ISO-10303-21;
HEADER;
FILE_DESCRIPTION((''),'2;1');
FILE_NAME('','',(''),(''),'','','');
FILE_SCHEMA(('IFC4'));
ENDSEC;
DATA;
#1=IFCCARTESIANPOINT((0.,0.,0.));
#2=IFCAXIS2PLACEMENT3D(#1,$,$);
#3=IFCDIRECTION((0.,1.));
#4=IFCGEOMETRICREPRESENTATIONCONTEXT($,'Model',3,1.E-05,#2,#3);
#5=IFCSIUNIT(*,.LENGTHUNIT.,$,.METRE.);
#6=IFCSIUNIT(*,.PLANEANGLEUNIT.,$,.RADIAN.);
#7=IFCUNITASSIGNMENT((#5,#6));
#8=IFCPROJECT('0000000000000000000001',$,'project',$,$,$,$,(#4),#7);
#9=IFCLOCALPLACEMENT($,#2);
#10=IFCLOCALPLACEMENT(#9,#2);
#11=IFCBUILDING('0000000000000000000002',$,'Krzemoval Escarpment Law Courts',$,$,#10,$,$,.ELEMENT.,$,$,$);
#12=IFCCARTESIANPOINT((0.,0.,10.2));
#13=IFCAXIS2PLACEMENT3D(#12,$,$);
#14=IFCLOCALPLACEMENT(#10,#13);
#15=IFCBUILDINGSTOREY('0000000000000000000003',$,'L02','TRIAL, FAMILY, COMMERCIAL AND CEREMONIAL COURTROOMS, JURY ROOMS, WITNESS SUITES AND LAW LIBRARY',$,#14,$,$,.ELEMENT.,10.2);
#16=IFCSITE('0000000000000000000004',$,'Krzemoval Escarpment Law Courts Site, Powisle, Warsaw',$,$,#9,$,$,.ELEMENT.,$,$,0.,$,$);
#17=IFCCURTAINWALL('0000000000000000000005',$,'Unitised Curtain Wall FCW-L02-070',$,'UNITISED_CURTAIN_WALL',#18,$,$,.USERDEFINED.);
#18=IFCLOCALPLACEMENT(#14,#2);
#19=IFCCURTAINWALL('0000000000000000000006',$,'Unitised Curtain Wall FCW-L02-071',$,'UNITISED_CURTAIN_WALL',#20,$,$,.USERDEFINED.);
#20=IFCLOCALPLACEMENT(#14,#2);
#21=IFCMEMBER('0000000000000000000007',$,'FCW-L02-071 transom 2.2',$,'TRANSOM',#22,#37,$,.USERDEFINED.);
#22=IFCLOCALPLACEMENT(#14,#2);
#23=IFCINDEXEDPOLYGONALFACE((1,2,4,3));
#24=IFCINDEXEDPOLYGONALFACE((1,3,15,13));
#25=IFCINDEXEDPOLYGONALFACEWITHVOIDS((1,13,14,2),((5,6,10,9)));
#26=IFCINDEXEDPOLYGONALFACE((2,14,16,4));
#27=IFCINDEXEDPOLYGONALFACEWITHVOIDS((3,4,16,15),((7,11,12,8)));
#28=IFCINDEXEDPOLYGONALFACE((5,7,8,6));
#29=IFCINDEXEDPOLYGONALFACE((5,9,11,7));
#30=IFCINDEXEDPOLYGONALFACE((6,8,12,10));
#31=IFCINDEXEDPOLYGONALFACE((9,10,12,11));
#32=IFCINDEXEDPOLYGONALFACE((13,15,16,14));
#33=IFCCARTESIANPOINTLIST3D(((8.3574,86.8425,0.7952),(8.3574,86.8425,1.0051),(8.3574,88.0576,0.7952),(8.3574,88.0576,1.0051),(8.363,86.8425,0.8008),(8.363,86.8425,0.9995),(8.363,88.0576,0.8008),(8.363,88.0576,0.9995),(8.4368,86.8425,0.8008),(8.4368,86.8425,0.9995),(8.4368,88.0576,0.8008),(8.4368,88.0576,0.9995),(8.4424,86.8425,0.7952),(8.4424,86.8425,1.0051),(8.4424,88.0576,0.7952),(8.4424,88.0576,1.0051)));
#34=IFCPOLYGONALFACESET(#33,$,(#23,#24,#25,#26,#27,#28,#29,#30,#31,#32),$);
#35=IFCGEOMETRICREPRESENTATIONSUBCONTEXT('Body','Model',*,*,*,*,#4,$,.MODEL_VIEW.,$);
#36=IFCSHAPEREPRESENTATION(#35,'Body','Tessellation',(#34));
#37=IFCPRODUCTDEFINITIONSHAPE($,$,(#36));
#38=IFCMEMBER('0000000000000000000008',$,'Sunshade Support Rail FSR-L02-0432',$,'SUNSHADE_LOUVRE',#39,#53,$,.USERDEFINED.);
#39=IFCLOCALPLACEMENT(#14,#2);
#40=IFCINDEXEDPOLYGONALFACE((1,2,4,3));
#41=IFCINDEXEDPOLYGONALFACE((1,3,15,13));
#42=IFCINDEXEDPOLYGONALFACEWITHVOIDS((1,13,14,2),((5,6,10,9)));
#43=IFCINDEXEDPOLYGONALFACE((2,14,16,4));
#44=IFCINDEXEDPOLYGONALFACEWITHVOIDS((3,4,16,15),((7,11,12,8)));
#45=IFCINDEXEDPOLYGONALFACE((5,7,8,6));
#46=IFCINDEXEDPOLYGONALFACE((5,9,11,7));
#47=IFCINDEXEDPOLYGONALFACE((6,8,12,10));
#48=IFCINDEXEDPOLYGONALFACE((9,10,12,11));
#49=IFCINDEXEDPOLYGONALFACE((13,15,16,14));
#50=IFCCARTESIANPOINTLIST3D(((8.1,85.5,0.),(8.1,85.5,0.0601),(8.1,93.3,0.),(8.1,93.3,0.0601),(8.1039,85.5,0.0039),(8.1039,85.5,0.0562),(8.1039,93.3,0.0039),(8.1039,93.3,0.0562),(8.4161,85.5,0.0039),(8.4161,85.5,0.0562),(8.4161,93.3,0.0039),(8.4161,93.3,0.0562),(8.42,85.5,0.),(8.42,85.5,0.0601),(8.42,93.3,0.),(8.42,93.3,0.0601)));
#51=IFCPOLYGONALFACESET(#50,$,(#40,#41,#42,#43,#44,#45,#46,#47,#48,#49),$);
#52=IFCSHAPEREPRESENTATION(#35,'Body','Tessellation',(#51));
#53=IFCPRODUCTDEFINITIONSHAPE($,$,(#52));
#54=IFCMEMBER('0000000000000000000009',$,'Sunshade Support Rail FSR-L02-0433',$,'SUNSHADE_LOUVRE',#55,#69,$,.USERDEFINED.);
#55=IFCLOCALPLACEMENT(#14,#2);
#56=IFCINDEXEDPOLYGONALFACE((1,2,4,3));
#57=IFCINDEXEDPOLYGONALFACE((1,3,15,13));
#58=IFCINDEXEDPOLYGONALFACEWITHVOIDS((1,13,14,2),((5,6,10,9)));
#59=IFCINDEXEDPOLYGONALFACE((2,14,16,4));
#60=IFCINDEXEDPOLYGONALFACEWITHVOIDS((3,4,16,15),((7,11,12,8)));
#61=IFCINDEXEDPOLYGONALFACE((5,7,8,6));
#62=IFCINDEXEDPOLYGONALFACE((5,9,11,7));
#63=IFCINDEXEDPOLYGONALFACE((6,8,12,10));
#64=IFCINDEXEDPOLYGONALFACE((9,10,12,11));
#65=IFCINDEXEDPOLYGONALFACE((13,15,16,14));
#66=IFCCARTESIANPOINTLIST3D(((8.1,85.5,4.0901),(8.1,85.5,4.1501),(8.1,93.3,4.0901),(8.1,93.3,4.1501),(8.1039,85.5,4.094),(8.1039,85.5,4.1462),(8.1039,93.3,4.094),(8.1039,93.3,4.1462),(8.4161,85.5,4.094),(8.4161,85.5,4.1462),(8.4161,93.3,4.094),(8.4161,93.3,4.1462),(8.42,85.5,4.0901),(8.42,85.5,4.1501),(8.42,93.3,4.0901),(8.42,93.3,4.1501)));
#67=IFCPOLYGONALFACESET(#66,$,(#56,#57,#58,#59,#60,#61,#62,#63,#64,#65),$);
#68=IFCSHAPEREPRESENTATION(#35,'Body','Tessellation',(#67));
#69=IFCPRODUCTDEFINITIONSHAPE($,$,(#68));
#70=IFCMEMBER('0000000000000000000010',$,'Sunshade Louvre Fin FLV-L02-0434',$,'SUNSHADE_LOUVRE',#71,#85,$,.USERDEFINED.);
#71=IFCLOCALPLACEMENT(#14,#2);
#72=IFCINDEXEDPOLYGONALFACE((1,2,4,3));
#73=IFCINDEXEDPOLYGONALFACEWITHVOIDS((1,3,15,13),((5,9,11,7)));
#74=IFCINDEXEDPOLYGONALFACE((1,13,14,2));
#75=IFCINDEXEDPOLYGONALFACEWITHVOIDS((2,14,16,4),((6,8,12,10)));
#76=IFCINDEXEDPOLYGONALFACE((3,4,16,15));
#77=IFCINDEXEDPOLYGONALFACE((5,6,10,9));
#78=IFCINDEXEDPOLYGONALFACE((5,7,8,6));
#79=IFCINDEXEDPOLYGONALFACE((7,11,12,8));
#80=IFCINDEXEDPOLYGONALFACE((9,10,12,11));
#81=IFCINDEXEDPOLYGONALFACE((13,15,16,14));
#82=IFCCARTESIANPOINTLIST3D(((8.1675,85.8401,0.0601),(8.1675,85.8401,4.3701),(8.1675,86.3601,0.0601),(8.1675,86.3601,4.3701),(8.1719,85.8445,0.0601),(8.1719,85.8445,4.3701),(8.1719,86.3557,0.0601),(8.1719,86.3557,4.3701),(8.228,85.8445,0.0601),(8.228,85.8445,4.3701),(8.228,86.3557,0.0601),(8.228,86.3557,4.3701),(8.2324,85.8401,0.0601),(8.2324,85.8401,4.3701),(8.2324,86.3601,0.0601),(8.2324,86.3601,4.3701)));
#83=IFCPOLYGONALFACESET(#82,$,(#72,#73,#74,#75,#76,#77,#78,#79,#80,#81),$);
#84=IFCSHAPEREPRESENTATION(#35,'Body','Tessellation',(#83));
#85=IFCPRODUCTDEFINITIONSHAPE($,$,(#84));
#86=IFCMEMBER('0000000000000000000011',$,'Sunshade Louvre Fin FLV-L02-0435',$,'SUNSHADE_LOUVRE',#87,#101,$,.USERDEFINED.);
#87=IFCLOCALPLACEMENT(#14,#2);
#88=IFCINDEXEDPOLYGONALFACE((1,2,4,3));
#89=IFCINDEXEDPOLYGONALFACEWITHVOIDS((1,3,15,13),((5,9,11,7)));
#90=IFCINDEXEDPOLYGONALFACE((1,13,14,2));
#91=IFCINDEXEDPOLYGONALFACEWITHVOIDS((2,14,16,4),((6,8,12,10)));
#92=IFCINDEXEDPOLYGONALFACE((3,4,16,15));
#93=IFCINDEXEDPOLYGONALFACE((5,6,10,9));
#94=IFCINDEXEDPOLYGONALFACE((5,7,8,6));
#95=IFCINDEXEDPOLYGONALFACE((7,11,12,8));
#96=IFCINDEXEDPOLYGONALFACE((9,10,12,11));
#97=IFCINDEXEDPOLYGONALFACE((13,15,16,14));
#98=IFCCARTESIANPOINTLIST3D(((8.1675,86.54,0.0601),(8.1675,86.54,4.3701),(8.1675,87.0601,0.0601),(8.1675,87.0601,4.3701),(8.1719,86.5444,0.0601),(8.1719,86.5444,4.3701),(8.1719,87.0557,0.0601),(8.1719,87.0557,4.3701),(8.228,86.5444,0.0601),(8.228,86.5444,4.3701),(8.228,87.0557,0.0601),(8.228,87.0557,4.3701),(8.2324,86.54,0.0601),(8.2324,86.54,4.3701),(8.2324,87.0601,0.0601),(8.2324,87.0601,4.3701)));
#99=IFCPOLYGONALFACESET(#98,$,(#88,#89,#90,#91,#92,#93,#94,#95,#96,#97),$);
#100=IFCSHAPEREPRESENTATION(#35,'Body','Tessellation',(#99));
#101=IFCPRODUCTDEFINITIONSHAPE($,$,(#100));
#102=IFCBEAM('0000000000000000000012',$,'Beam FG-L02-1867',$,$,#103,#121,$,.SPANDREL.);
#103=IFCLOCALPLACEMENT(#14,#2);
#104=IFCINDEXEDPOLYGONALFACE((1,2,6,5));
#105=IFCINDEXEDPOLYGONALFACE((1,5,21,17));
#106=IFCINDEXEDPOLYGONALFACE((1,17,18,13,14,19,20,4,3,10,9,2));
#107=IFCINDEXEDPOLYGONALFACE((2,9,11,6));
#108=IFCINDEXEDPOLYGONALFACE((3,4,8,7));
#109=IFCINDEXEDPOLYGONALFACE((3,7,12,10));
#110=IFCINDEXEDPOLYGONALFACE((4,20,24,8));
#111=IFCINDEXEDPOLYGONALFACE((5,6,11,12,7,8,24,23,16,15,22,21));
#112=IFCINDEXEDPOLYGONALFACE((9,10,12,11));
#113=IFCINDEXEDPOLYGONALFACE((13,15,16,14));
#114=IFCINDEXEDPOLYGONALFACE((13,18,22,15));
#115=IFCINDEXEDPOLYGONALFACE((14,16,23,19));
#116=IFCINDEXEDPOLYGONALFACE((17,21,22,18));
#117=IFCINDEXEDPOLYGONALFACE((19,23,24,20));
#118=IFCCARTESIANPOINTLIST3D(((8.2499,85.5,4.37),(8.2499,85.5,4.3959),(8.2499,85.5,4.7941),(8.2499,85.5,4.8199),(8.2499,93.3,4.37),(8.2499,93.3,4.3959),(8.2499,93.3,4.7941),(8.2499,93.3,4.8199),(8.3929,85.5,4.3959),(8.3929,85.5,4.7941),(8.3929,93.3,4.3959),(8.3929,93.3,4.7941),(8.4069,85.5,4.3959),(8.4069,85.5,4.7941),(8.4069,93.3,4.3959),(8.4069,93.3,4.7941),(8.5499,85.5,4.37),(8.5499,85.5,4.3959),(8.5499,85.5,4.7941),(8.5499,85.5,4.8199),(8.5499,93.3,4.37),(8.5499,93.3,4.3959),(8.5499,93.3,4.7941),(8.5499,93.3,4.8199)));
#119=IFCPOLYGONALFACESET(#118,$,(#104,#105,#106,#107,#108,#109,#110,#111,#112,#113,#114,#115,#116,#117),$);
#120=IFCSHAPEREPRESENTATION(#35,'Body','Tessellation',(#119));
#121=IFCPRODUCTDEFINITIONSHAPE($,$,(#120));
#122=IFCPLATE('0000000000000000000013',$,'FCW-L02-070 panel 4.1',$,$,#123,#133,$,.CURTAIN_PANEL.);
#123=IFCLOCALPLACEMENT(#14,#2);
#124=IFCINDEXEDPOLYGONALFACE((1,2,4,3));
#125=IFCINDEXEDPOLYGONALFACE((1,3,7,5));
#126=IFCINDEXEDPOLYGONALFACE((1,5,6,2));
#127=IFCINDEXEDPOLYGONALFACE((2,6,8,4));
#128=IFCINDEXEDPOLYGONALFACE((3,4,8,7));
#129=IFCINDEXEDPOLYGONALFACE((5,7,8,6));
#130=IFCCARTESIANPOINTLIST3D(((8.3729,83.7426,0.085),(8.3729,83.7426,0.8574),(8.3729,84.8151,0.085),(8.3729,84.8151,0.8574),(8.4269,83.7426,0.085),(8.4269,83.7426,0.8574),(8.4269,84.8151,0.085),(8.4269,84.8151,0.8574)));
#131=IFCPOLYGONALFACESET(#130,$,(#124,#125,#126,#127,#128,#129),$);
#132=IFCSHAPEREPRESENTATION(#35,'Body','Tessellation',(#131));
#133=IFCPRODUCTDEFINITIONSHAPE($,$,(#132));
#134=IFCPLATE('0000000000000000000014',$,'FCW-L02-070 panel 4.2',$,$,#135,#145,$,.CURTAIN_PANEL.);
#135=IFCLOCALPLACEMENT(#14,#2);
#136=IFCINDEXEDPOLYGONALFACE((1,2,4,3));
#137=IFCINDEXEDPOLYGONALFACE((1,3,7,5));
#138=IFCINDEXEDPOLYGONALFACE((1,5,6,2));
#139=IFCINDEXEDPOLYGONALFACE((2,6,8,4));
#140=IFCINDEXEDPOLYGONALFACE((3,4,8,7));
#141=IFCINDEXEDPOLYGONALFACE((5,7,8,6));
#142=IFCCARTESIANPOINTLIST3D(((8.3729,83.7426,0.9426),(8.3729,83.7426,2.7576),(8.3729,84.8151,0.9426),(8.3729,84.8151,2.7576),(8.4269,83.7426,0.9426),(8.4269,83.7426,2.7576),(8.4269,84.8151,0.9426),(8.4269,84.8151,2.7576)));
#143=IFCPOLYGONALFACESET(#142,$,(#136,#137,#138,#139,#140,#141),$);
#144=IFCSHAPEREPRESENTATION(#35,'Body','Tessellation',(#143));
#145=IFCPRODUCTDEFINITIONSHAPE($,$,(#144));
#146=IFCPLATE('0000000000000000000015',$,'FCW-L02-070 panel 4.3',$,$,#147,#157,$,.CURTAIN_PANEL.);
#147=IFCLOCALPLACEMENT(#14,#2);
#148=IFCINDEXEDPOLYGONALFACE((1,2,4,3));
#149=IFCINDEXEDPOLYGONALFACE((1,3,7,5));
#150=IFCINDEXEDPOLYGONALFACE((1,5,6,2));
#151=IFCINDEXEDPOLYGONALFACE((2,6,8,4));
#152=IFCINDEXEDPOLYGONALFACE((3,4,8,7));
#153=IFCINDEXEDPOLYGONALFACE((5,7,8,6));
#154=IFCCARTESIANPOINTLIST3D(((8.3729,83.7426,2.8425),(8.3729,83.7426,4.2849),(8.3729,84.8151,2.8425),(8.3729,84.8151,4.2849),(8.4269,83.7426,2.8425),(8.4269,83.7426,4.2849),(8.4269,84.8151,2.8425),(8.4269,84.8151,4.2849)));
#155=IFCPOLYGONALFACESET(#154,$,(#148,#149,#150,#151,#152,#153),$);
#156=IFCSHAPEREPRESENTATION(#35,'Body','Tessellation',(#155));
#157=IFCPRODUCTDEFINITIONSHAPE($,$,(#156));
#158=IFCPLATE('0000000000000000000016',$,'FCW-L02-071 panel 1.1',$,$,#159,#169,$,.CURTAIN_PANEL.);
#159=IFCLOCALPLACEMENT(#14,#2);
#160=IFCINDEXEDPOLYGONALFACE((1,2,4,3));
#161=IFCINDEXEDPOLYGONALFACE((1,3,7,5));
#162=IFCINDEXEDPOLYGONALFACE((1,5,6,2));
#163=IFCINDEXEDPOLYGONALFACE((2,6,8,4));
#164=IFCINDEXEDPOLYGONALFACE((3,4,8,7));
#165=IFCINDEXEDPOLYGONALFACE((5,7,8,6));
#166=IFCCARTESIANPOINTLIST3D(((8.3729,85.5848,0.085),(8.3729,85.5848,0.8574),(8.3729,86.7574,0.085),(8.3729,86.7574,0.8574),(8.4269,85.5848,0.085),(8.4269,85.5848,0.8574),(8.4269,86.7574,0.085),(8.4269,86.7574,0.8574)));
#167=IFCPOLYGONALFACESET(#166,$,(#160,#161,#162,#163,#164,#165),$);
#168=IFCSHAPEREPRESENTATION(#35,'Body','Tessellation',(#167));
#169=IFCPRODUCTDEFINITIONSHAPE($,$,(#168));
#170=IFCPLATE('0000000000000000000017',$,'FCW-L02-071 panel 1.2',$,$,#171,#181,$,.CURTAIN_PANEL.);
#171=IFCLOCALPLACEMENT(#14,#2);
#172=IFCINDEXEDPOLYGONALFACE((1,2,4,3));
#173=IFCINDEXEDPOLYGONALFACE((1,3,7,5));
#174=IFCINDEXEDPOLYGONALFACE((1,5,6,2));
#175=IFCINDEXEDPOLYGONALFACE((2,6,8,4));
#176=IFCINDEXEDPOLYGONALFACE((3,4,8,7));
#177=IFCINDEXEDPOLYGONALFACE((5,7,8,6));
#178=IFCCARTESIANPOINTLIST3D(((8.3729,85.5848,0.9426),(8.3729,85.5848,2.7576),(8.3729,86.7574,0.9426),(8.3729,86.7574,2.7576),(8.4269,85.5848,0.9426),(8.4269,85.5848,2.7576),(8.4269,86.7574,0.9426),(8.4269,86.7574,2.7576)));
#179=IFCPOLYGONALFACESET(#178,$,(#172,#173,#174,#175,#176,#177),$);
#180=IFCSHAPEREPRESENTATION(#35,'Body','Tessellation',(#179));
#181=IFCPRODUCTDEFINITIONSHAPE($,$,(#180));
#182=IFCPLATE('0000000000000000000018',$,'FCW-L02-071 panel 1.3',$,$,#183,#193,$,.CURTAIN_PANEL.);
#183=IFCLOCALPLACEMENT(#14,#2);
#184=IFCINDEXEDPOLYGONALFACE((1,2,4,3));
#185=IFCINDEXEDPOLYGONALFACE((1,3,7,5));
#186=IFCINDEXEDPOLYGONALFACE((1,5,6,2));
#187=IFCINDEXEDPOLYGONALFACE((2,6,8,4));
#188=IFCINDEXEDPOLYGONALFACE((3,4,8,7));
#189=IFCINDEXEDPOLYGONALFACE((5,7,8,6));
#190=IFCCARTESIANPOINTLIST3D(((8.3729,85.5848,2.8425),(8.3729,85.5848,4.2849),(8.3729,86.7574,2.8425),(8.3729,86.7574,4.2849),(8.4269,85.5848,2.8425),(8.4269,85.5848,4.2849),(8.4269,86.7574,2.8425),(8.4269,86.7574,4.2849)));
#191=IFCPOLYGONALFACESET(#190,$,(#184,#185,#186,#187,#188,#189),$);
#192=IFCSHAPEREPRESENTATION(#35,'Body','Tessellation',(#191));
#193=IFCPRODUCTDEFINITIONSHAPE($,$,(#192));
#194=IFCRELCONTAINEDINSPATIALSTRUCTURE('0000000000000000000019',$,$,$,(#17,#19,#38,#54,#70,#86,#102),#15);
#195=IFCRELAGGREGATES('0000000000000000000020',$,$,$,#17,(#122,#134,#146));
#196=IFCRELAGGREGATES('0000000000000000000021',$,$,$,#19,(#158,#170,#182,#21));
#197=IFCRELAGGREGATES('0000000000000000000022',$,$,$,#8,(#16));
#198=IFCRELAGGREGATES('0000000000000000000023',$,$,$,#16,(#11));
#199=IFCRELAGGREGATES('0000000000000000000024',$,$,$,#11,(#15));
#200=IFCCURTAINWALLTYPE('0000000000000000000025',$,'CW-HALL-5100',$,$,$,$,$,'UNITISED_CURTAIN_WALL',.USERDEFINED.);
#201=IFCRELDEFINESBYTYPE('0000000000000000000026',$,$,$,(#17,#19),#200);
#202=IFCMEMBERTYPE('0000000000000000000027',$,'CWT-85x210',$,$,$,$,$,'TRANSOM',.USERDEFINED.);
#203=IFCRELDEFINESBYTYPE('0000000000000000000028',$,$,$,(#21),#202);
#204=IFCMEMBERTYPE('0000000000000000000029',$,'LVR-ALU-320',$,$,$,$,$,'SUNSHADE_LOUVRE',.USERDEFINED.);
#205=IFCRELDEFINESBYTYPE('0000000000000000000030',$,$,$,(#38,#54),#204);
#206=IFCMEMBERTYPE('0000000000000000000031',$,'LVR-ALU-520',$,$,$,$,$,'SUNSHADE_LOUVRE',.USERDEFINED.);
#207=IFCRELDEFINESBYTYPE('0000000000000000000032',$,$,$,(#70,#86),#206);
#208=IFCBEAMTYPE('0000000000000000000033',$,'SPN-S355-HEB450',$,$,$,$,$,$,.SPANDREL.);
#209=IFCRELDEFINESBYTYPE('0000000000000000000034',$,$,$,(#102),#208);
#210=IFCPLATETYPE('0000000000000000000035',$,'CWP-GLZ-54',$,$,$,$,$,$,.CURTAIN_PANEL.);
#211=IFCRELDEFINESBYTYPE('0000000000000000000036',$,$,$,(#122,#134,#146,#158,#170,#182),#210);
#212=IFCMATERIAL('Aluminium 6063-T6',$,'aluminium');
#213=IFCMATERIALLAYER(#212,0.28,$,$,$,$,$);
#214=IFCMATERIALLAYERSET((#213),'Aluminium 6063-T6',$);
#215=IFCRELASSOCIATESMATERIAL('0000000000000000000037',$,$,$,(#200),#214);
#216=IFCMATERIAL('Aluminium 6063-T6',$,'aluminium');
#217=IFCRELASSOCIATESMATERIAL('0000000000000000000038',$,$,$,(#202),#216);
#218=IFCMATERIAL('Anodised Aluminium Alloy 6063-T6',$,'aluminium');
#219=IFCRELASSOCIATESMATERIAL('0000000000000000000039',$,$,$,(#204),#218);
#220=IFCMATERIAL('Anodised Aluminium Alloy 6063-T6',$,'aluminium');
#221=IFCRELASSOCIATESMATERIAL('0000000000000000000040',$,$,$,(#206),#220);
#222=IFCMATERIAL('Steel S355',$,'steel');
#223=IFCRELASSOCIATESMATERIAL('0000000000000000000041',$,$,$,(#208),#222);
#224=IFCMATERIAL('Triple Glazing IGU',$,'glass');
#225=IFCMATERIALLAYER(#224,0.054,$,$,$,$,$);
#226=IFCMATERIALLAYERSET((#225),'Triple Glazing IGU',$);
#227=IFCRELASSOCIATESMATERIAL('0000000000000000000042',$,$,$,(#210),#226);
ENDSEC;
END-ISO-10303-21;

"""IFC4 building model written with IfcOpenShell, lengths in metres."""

from ifc_helpers import new_model, si_unit, direction, frame, origin, origin_2d, place, context, subcontext, project, spatial, rectangle, hollow_rectangle, i_section, extrude, material, layer, layer_set, material_profile, profile_set, type_object, element, aggregate, save


model = new_model("IFC4")

# Units and contexts
model_context = context("Model", 3, precision=1e-05, world=origin(), true_north=direction((0.0, 1.0)))
body_context = subcontext(model_context, "Body", "Model", "MODEL_VIEW")
ifc_project = project(units=[si_unit("LENGTHUNIT", "METRE"), si_unit("PLANEANGLEUNIT", "RADIAN")], contexts=[model_context])

# Site, building, storey
site_placement = place(None, origin())
site = spatial("IfcSite", under=ifc_project, at=site_placement, Name="Krzemoval Escarpment Law Courts Site, Powisle, Warsaw", CompositionType="ELEMENT", RefElevation=0.0)
building_placement = place(site_placement, origin())
building = spatial("IfcBuilding", under=site, at=building_placement, Name="Krzemoval Escarpment Law Courts", CompositionType="ELEMENT")
storey_placement = place(building_placement, frame((0.0, 0.0, 10.2)))
storey = spatial("IfcBuildingStorey", under=building, at=storey_placement, Name="L02", Description="TRIAL, FAMILY, COMMERCIAL AND CEREMONIAL COURTROOMS, JURY ROOMS, WITNESS SUITES AND LAW LIBRARY", CompositionType="ELEMENT", Elevation=10.2)

# Curtain wall
ifc_material_1 = material(Name="Aluminium 6063-T6", Category="aluminium")
ifc_layer_1 = layer(ifc_material_1, 0.28)
ifc_layer_set_1 = layer_set([ifc_layer_1], Name="Aluminium 6063-T6")
curtain_wall_type = type_object("IfcCurtainWallType", Name="CW-HALL-5100", ElementType="UNITISED_CURTAIN_WALL", PredefinedType="USERDEFINED", material=ifc_layer_set_1)
curtain_wall_1_placement = place(storey_placement, origin())
curtain_wall_1 = element("IfcCurtainWall", 1, at=curtain_wall_1_placement, inside=storey, type_object=curtain_wall_type, Name="Unitised Curtain Wall FCW-L02-070", ObjectType="UNITISED_CURTAIN_WALL", PredefinedType="USERDEFINED")

# Curtain wall, member
curtain_wall_2_placement = place(storey_placement, origin())
curtain_wall_2 = element("IfcCurtainWall", 2, at=curtain_wall_2_placement, inside=storey, type_object=curtain_wall_type, Name="Unitised Curtain Wall FCW-L02-071", ObjectType="UNITISED_CURTAIN_WALL", PredefinedType="USERDEFINED")
ifc_material_2 = material(Name="Aluminium 6063-T6", Category="aluminium")
ifc_material_profile_1 = material_profile(ifc_material_2, hollow_rectangle(XDim=0.085, YDim=0.21, WallThickness=0.0056, at=origin_2d()), Name="ALU T85x210")
ifc_profile_set_1 = profile_set([ifc_material_profile_1], Name="Aluminium 6063-T6")
member_type_1 = type_object("IfcMemberType", Name="CWT-85x210", ElementType="TRANSOM", PredefinedType="USERDEFINED", material=ifc_profile_set_1)
member_1_placement = place(storey_placement, frame((8.3999, 86.8425, 0.9001), z_axis=(0.0, 1.0, 0.0), x_axis=(-1.0, 0.0, 0.0)))
member_1 = element("IfcMember", 3, at=member_1_placement, type_object=member_type_1, Name="FCW-L02-071 transom 2.2", ObjectType="TRANSOM", PredefinedType="USERDEFINED", context=body_context, shape_type="SweptSolid", body=[
    extrude(hollow_rectangle(XDim=0.085, YDim=0.21, WallThickness=0.0056, at=origin_2d()), origin(), (0.0, 0.0, 1.0), 1.2151),
])

# Members
ifc_material_3 = material(Name="Anodised Aluminium Alloy 6063-T6", Category="aluminium")
ifc_material_profile_2 = material_profile(ifc_material_3, hollow_rectangle(XDim=0.0601, YDim=0.3201, WallThickness=0.0039, at=origin_2d()), Name="ALU LVR 60x320")
ifc_profile_set_2 = profile_set([ifc_material_profile_2], Name="Anodised Aluminium Alloy 6063-T6")
member_type_2 = type_object("IfcMemberType", Name="LVR-ALU-320", ElementType="SUNSHADE_LOUVRE", PredefinedType="USERDEFINED", material=ifc_profile_set_2)
for number, where, z_axis, x_axis, name in (
    (4, (8.26, 85.5, 0.03), (0.0, 1.0, 0.0), (0.0, 0.0, 1.0), "Sunshade Support Rail FSR-L02-0432"),
    (5, (8.26, 85.5, 4.1201), (0.0, 1.0, 0.0), (0.0, 0.0, 1.0), "Sunshade Support Rail FSR-L02-0433"),
):
    element("IfcMember", number, at=place(storey_placement, frame(where, z_axis=z_axis, x_axis=x_axis)), inside=storey, type_object=member_type_2, Name=name, ObjectType="SUNSHADE_LOUVRE", PredefinedType="USERDEFINED", context=body_context, shape_type="SweptSolid", body=[
        extrude(hollow_rectangle(XDim=0.0601, YDim=0.3201, WallThickness=0.0039, at=origin_2d()), origin(), (0.0, 0.0, 1.0), 7.8),
    ])
ifc_material_4 = material(Name="Anodised Aluminium Alloy 6063-T6", Category="aluminium")
ifc_material_profile_3 = material_profile(ifc_material_4, hollow_rectangle(XDim=0.0649, YDim=0.52, WallThickness=0.0044, at=origin_2d()), Name="ALU LVR 65x520")
ifc_profile_set_3 = profile_set([ifc_material_profile_3], Name="Anodised Aluminium Alloy 6063-T6")
member_type_3 = type_object("IfcMemberType", Name="LVR-ALU-520", ElementType="SUNSHADE_LOUVRE", PredefinedType="USERDEFINED", material=ifc_profile_set_3)
for number, where, z_axis, x_axis, name in (
    (6, (8.2, 86.1001, 0.0601), (0.0, 0.0, 1.0), (1.0, 0.0, 0.0), "Sunshade Louvre Fin FLV-L02-0434"),
    (7, (8.2, 86.8, 0.0601), (0.0, 0.0, 1.0), (1.0, 0.0, 0.0), "Sunshade Louvre Fin FLV-L02-0435"),
):
    element("IfcMember", number, at=place(storey_placement, frame(where, z_axis=z_axis, x_axis=x_axis)), inside=storey, type_object=member_type_3, Name=name, ObjectType="SUNSHADE_LOUVRE", PredefinedType="USERDEFINED", context=body_context, shape_type="SweptSolid", body=[
        extrude(hollow_rectangle(XDim=0.0649, YDim=0.52, WallThickness=0.0044, at=origin_2d()), origin(), (0.0, 0.0, 1.0), 4.3101),
    ])

# Beam
ifc_material_5 = material(Name="Steel S355", Category="steel")
ifc_material_profile_4 = material_profile(ifc_material_5, i_section(OverallWidth=0.3, OverallDepth=0.45, WebThickness=0.0139, FlangeThickness=0.0259, at=origin_2d()), Name="HEB 450")
ifc_profile_set_4 = profile_set([ifc_material_profile_4], Name="Steel S355")
beam_type = type_object("IfcBeamType", Name="SPN-S355-HEB450", PredefinedType="SPANDREL", material=ifc_profile_set_4)
beam_placement = place(storey_placement, frame((8.3999, 85.5, 4.595), z_axis=(0.0, 1.0, 0.0), x_axis=(-1.0, 0.0, 0.0)))
element("IfcBeam", 8, at=beam_placement, inside=storey, type_object=beam_type, Name="Beam FG-L02-1867", PredefinedType="SPANDREL", context=body_context, shape_type="SweptSolid", body=[
    extrude(i_section(OverallWidth=0.3, OverallDepth=0.45, WebThickness=0.0139, FlangeThickness=0.0259, at=origin_2d()), origin(), (0.0, 0.0, 1.0), 7.8),
])

# Plates
ifc_material_6 = material(Name="Triple Glazing IGU", Category="glass")
ifc_layer_2 = layer(ifc_material_6, 0.054)
ifc_layer_set_2 = layer_set([ifc_layer_2], Name="Triple Glazing IGU")
plate_type_1 = type_object("IfcPlateType", Name="CWP-GLZ-54", PredefinedType="CURTAIN_PANEL", material=ifc_layer_set_2)
plate_1_placement = place(storey_placement, frame((8.3999, 84.2788, 0.085), z_axis=(0.0, 0.0, 1.0), x_axis=(0.0, 1.0, 0.0)))
plate_1 = element("IfcPlate", 9, at=plate_1_placement, type_object=plate_type_1, Name="FCW-L02-070 panel 4.1", PredefinedType="CURTAIN_PANEL", context=body_context, shape_type="SweptSolid", body=[
    extrude(rectangle(XDim=1.0725, YDim=0.054, at=origin_2d()), origin(), (0.0, 0.0, 1.0), 0.7725),
])
plate_2_placement = place(storey_placement, frame((8.3999, 84.2788, 0.9426), z_axis=(0.0, 0.0, 1.0), x_axis=(0.0, 1.0, 0.0)))
plate_2 = element("IfcPlate", 10, at=plate_2_placement, type_object=plate_type_1, Name="FCW-L02-070 panel 4.2", PredefinedType="CURTAIN_PANEL", context=body_context, shape_type="SweptSolid", body=[
    extrude(rectangle(XDim=1.0725, YDim=0.054, at=origin_2d()), origin(), (0.0, 0.0, 1.0), 1.8149),
])
plate_3_placement = place(storey_placement, frame((8.3999, 84.2788, 2.8425), z_axis=(0.0, 0.0, 1.0), x_axis=(0.0, 1.0, 0.0)))
plate_3 = element("IfcPlate", 11, at=plate_3_placement, type_object=plate_type_1, Name="FCW-L02-070 panel 4.3", PredefinedType="CURTAIN_PANEL", context=body_context, shape_type="SweptSolid", body=[
    extrude(rectangle(XDim=1.0725, YDim=0.054, at=origin_2d()), origin(), (0.0, 0.0, 1.0), 1.4424),
])
aggregate(curtain_wall_1, [plate_1, plate_2, plate_3])
plate_4_placement = place(storey_placement, frame((8.3999, 86.1711, 0.085), z_axis=(0.0, 0.0, 1.0), x_axis=(0.0, 1.0, 0.0)))
plate_4 = element("IfcPlate", 12, at=plate_4_placement, type_object=plate_type_1, Name="FCW-L02-071 panel 1.1", PredefinedType="CURTAIN_PANEL", context=body_context, shape_type="SweptSolid", body=[
    extrude(rectangle(XDim=1.1726, YDim=0.054, at=origin_2d()), origin(), (0.0, 0.0, 1.0), 0.7725),
])
plate_5_placement = place(storey_placement, frame((8.3999, 86.1711, 0.9426), z_axis=(0.0, 0.0, 1.0), x_axis=(0.0, 1.0, 0.0)))
plate_5 = element("IfcPlate", 13, at=plate_5_placement, type_object=plate_type_1, Name="FCW-L02-071 panel 1.2", PredefinedType="CURTAIN_PANEL", context=body_context, shape_type="SweptSolid", body=[
    extrude(rectangle(XDim=1.1726, YDim=0.054, at=origin_2d()), origin(), (0.0, 0.0, 1.0), 1.8149),
])
plate_6_placement = place(storey_placement, frame((8.3999, 86.1711, 2.8425), z_axis=(0.0, 0.0, 1.0), x_axis=(0.0, 1.0, 0.0)))
plate_6 = element("IfcPlate", 14, at=plate_6_placement, type_object=plate_type_1, Name="FCW-L02-071 panel 1.3", PredefinedType="CURTAIN_PANEL", context=body_context, shape_type="SweptSolid", body=[
    extrude(rectangle(XDim=1.1726, YDim=0.054, at=origin_2d()), origin(), (0.0, 0.0, 1.0), 1.4424),
])
aggregate(curtain_wall_2, [plate_4, plate_5, plate_6, member_1])

save(model, "model.ifc")
